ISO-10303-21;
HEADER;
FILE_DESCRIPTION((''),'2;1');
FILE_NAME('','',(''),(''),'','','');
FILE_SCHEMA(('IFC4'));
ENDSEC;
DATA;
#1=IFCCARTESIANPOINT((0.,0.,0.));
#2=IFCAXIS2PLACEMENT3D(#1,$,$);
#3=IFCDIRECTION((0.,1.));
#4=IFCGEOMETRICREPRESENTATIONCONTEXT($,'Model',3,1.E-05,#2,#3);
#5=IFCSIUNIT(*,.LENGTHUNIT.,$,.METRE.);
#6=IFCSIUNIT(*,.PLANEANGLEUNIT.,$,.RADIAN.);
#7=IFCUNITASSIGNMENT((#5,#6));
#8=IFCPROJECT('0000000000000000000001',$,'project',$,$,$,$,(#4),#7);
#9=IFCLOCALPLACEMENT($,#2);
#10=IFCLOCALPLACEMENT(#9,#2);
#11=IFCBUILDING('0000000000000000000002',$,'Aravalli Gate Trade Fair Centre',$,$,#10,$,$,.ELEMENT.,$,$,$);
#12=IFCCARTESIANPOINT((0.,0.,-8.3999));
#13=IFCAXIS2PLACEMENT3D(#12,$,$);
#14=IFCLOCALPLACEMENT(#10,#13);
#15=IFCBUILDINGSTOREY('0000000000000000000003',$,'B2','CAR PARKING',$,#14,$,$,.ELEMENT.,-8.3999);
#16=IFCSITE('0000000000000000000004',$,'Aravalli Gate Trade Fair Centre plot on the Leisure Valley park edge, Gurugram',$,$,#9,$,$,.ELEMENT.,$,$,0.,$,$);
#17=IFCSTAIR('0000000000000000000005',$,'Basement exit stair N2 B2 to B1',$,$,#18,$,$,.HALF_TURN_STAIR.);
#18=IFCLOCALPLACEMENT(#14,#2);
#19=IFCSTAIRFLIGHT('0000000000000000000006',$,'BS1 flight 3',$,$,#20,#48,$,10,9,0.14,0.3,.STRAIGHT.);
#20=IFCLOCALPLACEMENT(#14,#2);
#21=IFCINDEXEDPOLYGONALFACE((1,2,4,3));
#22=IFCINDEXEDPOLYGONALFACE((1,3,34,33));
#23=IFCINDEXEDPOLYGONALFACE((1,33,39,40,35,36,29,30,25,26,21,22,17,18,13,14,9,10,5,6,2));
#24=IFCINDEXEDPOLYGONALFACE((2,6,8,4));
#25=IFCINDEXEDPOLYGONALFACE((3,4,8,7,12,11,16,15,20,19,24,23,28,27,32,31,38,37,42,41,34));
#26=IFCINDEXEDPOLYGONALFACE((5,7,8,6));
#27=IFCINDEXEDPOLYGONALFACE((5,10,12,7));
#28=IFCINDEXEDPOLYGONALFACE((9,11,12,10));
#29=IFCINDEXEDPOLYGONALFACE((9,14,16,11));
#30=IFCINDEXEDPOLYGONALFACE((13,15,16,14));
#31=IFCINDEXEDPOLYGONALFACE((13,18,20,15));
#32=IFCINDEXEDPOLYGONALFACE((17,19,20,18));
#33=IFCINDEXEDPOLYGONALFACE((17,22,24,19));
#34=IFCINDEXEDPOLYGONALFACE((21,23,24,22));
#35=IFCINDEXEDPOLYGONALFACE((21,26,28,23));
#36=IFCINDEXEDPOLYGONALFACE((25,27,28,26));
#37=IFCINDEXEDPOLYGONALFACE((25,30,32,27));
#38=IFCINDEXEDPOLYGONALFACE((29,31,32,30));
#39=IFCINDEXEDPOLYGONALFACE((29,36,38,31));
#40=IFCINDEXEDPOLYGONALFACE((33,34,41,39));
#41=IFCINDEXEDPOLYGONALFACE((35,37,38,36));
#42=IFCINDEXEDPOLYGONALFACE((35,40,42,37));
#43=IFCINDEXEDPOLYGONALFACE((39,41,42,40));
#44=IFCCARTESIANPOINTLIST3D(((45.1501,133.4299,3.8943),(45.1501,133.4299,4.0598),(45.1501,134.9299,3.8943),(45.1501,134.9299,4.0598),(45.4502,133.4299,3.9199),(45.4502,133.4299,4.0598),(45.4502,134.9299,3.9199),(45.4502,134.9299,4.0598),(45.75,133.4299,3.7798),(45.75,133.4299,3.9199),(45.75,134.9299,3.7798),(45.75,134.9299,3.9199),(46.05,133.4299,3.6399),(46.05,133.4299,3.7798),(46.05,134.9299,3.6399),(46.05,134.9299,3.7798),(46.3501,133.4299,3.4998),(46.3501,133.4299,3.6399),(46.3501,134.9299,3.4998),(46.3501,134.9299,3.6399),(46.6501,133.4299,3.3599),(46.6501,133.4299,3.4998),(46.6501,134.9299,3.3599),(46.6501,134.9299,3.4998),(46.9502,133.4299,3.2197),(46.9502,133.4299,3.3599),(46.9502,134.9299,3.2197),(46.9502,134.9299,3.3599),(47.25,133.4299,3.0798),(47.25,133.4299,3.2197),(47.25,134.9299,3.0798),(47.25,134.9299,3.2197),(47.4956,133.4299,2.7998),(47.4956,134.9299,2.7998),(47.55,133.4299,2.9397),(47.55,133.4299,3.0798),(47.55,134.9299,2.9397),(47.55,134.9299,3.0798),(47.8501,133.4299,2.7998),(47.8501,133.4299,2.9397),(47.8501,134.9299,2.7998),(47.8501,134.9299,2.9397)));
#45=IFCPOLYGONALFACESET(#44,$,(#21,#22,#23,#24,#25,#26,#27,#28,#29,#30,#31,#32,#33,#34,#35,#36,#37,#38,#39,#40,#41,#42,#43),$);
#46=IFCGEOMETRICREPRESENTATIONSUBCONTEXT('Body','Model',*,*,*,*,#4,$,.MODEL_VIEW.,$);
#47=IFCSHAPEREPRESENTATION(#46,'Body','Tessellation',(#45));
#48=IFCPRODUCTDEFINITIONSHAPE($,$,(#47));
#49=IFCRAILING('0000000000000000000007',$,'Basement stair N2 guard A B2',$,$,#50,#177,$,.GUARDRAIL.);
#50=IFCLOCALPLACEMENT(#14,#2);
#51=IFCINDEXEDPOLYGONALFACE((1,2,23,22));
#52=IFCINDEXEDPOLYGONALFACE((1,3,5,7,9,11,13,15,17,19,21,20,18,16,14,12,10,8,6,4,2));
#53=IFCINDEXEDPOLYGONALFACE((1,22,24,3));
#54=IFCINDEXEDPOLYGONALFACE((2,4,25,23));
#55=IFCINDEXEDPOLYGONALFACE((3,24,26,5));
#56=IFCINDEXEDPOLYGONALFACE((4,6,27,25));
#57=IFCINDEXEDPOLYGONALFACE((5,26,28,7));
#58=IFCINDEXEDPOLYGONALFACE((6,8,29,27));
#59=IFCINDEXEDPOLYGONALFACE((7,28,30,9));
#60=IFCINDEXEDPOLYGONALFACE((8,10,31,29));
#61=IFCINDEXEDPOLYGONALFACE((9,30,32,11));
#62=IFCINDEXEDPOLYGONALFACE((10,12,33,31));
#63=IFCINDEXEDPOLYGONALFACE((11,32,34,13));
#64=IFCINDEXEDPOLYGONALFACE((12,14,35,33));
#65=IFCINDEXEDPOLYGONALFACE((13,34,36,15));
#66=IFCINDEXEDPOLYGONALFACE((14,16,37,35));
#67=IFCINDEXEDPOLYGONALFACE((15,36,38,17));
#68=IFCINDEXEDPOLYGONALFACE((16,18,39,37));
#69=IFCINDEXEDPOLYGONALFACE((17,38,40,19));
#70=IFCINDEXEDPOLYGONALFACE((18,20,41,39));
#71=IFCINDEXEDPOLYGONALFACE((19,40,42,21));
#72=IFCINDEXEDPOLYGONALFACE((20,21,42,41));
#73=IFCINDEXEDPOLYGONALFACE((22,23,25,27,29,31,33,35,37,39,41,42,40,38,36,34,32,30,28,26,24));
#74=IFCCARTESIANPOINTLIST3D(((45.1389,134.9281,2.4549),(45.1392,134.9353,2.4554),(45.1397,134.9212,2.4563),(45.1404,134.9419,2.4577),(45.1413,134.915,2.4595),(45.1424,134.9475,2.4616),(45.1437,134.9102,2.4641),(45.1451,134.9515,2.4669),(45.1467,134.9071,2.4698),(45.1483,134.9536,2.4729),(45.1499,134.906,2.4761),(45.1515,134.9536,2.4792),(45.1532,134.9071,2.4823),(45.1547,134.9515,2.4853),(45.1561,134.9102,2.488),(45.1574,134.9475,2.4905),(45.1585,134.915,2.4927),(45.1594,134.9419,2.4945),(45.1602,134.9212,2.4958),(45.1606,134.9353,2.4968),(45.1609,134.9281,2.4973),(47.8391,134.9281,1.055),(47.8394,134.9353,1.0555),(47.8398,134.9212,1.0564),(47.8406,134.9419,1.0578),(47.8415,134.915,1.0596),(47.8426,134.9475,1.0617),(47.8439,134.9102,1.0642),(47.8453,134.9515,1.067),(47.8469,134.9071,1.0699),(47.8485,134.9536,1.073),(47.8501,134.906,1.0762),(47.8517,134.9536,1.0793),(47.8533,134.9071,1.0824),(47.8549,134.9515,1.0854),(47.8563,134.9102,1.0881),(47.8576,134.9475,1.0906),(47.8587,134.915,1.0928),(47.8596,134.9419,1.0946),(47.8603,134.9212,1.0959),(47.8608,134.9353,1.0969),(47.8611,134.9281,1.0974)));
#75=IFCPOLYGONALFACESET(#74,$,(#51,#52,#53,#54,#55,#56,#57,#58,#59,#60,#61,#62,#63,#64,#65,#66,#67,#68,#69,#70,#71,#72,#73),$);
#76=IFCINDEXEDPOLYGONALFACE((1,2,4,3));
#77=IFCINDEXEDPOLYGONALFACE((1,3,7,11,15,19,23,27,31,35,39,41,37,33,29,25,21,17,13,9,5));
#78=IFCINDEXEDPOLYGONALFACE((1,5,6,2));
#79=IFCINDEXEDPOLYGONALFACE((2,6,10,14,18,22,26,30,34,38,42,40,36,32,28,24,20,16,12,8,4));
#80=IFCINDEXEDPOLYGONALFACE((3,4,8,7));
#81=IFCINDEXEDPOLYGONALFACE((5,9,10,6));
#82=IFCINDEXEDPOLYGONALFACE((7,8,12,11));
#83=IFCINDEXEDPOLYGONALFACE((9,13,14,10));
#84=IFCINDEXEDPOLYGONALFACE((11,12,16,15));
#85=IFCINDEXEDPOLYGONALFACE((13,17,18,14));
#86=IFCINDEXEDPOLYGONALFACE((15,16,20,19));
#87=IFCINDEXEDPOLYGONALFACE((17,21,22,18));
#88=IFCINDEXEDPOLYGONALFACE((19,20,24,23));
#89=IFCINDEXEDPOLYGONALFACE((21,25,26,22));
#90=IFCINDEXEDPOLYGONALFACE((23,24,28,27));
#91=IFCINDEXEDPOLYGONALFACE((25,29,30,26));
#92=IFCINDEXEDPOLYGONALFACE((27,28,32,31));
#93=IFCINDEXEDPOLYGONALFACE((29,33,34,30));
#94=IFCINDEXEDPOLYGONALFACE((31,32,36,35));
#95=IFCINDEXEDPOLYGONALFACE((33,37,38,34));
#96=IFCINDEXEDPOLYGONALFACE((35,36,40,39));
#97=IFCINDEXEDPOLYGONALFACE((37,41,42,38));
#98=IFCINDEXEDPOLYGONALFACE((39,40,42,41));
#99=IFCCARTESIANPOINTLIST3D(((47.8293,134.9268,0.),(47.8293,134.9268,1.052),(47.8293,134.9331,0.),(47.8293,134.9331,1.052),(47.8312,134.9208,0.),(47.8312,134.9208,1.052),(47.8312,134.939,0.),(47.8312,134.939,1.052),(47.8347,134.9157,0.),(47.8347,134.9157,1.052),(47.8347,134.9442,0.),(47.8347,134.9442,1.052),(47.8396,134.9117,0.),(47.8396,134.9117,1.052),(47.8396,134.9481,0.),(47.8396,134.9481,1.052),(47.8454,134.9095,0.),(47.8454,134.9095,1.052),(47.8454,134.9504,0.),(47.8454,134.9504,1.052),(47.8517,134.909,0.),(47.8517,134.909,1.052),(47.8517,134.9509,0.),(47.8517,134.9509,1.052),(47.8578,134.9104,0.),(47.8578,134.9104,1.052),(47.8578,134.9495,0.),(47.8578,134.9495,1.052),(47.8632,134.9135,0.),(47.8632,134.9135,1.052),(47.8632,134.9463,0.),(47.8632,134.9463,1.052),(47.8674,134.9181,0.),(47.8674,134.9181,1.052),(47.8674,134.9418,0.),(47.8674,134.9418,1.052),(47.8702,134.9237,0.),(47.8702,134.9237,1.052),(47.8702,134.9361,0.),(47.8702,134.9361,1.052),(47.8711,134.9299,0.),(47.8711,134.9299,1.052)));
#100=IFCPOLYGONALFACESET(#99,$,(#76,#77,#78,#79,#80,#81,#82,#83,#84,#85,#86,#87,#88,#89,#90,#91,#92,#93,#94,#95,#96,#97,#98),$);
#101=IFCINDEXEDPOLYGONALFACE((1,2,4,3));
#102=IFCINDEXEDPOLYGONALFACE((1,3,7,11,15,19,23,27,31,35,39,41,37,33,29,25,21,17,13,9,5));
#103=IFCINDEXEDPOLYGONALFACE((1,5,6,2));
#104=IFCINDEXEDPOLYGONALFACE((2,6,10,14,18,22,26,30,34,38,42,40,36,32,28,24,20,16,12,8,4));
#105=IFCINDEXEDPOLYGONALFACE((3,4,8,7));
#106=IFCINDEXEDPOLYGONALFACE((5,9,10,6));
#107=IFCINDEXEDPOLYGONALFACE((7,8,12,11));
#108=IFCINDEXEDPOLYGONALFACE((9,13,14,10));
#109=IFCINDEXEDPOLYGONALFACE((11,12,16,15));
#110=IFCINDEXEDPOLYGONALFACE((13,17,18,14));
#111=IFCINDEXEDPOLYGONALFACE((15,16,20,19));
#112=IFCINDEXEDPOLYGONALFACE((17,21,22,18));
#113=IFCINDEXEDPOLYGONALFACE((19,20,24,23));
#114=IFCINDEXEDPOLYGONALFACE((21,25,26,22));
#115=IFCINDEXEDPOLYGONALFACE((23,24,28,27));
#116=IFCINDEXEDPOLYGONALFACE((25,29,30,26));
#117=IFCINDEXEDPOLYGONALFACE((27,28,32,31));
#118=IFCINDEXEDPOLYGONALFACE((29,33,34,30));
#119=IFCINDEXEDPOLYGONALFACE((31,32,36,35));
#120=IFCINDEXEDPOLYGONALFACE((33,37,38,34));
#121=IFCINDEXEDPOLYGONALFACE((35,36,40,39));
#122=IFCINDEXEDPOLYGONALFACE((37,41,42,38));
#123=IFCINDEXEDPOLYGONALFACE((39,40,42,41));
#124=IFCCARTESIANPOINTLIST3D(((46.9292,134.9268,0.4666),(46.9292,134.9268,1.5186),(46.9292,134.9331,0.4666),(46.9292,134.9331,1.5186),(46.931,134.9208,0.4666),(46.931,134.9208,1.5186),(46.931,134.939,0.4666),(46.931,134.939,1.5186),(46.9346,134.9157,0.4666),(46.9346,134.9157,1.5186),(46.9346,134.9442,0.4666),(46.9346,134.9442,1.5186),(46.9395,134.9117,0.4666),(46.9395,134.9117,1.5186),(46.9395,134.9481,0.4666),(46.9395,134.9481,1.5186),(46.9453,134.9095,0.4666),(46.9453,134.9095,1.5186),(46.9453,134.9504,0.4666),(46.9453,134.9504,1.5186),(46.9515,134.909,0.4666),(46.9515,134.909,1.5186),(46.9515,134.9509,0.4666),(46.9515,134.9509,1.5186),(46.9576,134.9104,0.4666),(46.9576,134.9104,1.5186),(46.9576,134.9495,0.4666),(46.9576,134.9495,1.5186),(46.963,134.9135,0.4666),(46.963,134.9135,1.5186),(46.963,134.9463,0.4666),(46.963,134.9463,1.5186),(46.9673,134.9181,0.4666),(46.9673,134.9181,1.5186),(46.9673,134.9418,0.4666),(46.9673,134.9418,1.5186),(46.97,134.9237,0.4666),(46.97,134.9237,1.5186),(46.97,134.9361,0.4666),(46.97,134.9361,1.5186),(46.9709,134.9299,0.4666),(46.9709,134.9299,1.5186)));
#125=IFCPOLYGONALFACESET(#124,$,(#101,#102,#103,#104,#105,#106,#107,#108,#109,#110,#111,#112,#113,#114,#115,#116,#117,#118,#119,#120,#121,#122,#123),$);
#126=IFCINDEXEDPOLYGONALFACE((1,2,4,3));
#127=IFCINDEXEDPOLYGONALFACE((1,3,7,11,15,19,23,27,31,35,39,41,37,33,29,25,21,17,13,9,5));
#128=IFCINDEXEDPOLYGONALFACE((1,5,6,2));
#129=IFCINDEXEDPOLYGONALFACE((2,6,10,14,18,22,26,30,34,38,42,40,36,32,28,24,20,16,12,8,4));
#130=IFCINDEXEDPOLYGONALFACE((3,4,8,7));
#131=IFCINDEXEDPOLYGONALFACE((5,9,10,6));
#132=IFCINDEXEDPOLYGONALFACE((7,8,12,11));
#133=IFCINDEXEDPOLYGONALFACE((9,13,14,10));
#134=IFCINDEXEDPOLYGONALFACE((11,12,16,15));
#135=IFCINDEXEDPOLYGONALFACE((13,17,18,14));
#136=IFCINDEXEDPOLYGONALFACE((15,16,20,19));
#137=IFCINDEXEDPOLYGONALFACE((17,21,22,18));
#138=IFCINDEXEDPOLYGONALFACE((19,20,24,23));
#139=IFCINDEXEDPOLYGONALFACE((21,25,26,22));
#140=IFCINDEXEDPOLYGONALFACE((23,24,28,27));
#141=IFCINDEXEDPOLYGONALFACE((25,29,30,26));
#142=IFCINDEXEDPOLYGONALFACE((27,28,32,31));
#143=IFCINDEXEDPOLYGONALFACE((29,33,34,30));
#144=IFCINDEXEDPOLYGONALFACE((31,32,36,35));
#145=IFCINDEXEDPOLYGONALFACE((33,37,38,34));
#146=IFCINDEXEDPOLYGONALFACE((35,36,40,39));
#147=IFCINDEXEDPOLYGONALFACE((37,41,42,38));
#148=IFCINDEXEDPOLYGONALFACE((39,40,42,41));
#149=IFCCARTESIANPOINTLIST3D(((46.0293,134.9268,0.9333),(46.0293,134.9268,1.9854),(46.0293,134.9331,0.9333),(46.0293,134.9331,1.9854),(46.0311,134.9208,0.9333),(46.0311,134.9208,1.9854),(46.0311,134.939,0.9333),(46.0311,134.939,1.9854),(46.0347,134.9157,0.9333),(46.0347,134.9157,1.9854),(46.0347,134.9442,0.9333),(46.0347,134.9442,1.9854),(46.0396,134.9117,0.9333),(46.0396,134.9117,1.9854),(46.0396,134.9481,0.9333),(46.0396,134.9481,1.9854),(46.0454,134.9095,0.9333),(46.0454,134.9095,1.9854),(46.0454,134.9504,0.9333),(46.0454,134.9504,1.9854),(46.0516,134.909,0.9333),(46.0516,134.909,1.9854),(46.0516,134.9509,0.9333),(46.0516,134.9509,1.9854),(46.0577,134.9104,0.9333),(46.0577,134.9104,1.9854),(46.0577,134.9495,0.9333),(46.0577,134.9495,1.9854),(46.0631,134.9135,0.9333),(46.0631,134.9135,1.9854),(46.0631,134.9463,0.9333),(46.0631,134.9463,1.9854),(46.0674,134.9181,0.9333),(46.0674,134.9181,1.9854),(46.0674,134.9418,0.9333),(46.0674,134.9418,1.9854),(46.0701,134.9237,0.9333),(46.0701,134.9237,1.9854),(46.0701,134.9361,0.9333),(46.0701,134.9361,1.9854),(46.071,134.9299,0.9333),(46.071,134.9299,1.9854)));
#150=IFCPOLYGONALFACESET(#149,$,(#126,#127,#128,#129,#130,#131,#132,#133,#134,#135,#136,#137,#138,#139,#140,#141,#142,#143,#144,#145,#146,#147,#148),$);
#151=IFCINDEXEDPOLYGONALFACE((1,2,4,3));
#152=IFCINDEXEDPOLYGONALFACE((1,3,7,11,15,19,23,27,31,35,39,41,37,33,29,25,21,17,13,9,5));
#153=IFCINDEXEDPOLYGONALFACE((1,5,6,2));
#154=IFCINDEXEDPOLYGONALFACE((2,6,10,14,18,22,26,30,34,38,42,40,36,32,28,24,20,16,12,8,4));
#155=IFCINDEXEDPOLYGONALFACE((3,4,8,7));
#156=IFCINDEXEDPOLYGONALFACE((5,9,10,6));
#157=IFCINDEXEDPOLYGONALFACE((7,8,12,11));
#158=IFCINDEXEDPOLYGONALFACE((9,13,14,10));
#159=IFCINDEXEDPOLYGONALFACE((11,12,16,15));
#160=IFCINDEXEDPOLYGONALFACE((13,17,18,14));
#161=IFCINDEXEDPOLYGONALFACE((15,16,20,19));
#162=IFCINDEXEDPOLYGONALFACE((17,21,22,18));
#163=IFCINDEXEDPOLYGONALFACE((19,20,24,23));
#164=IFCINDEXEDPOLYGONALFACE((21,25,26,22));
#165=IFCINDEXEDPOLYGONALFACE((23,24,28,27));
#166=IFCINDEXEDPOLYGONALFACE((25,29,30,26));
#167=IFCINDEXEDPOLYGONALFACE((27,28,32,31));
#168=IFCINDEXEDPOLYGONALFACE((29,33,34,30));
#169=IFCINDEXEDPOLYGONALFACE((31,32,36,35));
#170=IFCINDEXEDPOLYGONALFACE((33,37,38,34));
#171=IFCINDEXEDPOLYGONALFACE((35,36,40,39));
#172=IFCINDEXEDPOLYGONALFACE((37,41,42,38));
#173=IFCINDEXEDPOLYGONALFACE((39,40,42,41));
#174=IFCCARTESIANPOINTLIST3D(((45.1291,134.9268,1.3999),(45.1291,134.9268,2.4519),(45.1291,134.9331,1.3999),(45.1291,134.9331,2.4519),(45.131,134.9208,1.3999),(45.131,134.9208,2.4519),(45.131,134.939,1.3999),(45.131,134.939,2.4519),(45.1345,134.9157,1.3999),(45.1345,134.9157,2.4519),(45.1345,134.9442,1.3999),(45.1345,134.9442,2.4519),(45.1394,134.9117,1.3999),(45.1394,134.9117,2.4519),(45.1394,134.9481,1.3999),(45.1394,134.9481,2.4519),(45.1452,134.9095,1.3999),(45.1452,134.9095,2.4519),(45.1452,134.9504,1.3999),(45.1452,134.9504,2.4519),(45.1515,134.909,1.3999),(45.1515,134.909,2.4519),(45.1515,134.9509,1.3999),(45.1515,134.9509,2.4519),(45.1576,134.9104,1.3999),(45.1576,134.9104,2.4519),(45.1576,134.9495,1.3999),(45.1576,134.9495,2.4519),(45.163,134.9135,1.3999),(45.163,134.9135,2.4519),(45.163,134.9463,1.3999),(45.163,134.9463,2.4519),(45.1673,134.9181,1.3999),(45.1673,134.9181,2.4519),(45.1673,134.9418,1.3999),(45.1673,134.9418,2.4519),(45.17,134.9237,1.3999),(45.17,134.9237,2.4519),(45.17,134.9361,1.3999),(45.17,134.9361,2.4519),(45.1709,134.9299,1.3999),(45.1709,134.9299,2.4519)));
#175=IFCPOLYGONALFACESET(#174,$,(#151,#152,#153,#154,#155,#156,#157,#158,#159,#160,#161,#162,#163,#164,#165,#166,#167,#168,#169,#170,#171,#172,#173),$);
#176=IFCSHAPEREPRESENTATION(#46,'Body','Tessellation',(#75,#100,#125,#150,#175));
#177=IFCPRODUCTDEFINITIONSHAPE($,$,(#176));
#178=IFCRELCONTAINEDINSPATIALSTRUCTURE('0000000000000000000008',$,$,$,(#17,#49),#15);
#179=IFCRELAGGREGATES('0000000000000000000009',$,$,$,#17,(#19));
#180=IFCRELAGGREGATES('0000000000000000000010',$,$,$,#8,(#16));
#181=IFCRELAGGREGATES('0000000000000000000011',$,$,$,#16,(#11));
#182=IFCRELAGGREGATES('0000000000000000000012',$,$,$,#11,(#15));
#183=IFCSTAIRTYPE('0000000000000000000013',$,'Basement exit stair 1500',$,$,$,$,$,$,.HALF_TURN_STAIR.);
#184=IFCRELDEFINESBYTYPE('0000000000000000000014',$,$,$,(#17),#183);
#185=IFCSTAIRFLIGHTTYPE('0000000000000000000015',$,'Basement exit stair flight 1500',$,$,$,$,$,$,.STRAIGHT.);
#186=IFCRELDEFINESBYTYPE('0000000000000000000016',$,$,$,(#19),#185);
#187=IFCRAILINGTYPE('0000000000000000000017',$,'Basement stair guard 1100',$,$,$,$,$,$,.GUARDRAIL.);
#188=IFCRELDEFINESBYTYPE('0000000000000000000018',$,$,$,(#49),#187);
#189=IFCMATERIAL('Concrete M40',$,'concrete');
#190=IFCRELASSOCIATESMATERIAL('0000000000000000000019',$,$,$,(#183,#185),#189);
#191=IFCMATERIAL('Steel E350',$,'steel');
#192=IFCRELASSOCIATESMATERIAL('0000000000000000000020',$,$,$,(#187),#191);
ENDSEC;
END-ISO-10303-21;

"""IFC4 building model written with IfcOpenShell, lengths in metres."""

from ifc_helpers import new_model, si_unit, direction, frame, origin, origin_2d, place, context, subcontext, project, spatial, polyline, circle, outline, extrude, material, type_object, element, aggregate, save


model = new_model("IFC4")

# Units and contexts
model_context = context("Model", 3, precision=1e-05, world=origin(), true_north=direction((0.0, 1.0)))
body_context = subcontext(model_context, "Body", "Model", "MODEL_VIEW")
ifc_project = project(units=[si_unit("LENGTHUNIT", "METRE"), si_unit("PLANEANGLEUNIT", "RADIAN")], contexts=[model_context])

# Site, building, storey
site_placement = place(None, origin())
site = spatial("IfcSite", under=ifc_project, at=site_placement, Name="Aravalli Gate Trade Fair Centre plot on the Leisure Valley park edge, Gurugram", CompositionType="ELEMENT", RefElevation=0.0)
building_placement = place(site_placement, origin())
building = spatial("IfcBuilding", under=site, at=building_placement, Name="Aravalli Gate Trade Fair Centre", CompositionType="ELEMENT")
storey_placement = place(building_placement, frame((0.0, 0.0, -8.3999)))
storey = spatial("IfcBuildingStorey", under=building, at=storey_placement, Name="B2", Description="CAR PARKING", CompositionType="ELEMENT", Elevation=-8.3999)

# Shared definitions
ifc_material_1 = material(Name="Concrete M40", Category="concrete")

# Stair, stair flight
stair_type = type_object("IfcStairType", Name="Basement exit stair 1500", PredefinedType="HALF_TURN_STAIR", material=ifc_material_1)
stair_placement = place(storey_placement, origin())
stair = element("IfcStair", 1, at=stair_placement, inside=storey, type_object=stair_type, Name="Basement exit stair N2 B2 to B1", PredefinedType="HALF_TURN_STAIR")
stair_flight_type = type_object("IfcStairFlightType", Name="Basement exit stair flight 1500", PredefinedType="STRAIGHT", material=ifc_material_1)
stair_flight_1_placement = place(storey_placement, frame((47.8501, 134.1799, 2.7998), z_axis=(0.0, 0.0, 1.0), x_axis=(-1.0, 0.0, 0.0)))
stair_flight_1 = element("IfcStairFlight", 2, at=stair_flight_1_placement, type_object=stair_flight_type, Name="BS1 flight 3", NumberOfRisers=10, NumberOfTreads=9, PredefinedType="STRAIGHT", RiserHeight=0.14, TreadLength=0.3, context=body_context, shape_type="SweptSolid", body=[
    extrude(outline(polyline([(0.0, 0.0), (0.0, 0.1399), (0.3, 0.1399), (0.3, 0.28), (0.6001, 0.28), (0.6001, 0.4199), (0.8999, 0.4199), (0.8999, 0.5601), (1.2, 0.5601), (1.2, 0.7), (1.5, 0.7), (1.5, 0.8401), (1.8, 0.8401), (1.8, 0.98), (2.1001, 0.98), (2.1001, 1.1201), (2.3999, 1.1201), (2.3999, 1.26), (2.7, 1.26), (2.7, 1.3999), (2.7, 1.0945), (0.3545, 0.0), (0.0, 0.0)])), frame((0.0, 0.75, 0.0), z_axis=(0.0, -1.0, 0.0), x_axis=(1.0, 0.0, 0.0)), (0.0, 0.0, 1.0), 1.5),
])
aggregate(stair, [stair_flight_1])

# Railing
ifc_material_2 = material(Name="Steel E350", Category="steel")
railing_type_1 = type_object("IfcRailingType", Name="Basement stair guard 1100", PredefinedType="GUARDRAIL", material=ifc_material_2)
railing_1_placement = place(storey_placement, frame((47.8501, 134.9299, 0.0)))
element("IfcRailing", 3, at=railing_1_placement, inside=storey, type_object=railing_type_1, Name="Basement stair N2 guard A B2", PredefinedType="GUARDRAIL", context=body_context, shape_type="SweptSolid", body=[
    extrude(circle(Radius=0.0239, at=origin_2d()), frame((0.0, 0.0, 1.0762), z_axis=(-0.887781, 0.0, 0.460266), x_axis=(0.0, -1.0, 0.0)), (0.0, 0.0, 1.0), 3.0415),
    extrude(circle(Radius=0.021, at=origin_2d()), origin(), (0.0, 0.0, 1.0), 1.052),
    extrude(circle(Radius=0.021, at=origin_2d()), frame((-0.9001, 0.0, 0.4666)), (0.0, 0.0, 1.0), 1.052),
    extrude(circle(Radius=0.021, at=origin_2d()), frame((-1.8, 0.0, 0.9333)), (0.0, 0.0, 1.0), 1.052),
    extrude(circle(Radius=0.021, at=origin_2d()), frame((-2.7002, 0.0, 1.3999)), (0.0, 0.0, 1.0), 1.052),
])

save(model, "model.ifc")
